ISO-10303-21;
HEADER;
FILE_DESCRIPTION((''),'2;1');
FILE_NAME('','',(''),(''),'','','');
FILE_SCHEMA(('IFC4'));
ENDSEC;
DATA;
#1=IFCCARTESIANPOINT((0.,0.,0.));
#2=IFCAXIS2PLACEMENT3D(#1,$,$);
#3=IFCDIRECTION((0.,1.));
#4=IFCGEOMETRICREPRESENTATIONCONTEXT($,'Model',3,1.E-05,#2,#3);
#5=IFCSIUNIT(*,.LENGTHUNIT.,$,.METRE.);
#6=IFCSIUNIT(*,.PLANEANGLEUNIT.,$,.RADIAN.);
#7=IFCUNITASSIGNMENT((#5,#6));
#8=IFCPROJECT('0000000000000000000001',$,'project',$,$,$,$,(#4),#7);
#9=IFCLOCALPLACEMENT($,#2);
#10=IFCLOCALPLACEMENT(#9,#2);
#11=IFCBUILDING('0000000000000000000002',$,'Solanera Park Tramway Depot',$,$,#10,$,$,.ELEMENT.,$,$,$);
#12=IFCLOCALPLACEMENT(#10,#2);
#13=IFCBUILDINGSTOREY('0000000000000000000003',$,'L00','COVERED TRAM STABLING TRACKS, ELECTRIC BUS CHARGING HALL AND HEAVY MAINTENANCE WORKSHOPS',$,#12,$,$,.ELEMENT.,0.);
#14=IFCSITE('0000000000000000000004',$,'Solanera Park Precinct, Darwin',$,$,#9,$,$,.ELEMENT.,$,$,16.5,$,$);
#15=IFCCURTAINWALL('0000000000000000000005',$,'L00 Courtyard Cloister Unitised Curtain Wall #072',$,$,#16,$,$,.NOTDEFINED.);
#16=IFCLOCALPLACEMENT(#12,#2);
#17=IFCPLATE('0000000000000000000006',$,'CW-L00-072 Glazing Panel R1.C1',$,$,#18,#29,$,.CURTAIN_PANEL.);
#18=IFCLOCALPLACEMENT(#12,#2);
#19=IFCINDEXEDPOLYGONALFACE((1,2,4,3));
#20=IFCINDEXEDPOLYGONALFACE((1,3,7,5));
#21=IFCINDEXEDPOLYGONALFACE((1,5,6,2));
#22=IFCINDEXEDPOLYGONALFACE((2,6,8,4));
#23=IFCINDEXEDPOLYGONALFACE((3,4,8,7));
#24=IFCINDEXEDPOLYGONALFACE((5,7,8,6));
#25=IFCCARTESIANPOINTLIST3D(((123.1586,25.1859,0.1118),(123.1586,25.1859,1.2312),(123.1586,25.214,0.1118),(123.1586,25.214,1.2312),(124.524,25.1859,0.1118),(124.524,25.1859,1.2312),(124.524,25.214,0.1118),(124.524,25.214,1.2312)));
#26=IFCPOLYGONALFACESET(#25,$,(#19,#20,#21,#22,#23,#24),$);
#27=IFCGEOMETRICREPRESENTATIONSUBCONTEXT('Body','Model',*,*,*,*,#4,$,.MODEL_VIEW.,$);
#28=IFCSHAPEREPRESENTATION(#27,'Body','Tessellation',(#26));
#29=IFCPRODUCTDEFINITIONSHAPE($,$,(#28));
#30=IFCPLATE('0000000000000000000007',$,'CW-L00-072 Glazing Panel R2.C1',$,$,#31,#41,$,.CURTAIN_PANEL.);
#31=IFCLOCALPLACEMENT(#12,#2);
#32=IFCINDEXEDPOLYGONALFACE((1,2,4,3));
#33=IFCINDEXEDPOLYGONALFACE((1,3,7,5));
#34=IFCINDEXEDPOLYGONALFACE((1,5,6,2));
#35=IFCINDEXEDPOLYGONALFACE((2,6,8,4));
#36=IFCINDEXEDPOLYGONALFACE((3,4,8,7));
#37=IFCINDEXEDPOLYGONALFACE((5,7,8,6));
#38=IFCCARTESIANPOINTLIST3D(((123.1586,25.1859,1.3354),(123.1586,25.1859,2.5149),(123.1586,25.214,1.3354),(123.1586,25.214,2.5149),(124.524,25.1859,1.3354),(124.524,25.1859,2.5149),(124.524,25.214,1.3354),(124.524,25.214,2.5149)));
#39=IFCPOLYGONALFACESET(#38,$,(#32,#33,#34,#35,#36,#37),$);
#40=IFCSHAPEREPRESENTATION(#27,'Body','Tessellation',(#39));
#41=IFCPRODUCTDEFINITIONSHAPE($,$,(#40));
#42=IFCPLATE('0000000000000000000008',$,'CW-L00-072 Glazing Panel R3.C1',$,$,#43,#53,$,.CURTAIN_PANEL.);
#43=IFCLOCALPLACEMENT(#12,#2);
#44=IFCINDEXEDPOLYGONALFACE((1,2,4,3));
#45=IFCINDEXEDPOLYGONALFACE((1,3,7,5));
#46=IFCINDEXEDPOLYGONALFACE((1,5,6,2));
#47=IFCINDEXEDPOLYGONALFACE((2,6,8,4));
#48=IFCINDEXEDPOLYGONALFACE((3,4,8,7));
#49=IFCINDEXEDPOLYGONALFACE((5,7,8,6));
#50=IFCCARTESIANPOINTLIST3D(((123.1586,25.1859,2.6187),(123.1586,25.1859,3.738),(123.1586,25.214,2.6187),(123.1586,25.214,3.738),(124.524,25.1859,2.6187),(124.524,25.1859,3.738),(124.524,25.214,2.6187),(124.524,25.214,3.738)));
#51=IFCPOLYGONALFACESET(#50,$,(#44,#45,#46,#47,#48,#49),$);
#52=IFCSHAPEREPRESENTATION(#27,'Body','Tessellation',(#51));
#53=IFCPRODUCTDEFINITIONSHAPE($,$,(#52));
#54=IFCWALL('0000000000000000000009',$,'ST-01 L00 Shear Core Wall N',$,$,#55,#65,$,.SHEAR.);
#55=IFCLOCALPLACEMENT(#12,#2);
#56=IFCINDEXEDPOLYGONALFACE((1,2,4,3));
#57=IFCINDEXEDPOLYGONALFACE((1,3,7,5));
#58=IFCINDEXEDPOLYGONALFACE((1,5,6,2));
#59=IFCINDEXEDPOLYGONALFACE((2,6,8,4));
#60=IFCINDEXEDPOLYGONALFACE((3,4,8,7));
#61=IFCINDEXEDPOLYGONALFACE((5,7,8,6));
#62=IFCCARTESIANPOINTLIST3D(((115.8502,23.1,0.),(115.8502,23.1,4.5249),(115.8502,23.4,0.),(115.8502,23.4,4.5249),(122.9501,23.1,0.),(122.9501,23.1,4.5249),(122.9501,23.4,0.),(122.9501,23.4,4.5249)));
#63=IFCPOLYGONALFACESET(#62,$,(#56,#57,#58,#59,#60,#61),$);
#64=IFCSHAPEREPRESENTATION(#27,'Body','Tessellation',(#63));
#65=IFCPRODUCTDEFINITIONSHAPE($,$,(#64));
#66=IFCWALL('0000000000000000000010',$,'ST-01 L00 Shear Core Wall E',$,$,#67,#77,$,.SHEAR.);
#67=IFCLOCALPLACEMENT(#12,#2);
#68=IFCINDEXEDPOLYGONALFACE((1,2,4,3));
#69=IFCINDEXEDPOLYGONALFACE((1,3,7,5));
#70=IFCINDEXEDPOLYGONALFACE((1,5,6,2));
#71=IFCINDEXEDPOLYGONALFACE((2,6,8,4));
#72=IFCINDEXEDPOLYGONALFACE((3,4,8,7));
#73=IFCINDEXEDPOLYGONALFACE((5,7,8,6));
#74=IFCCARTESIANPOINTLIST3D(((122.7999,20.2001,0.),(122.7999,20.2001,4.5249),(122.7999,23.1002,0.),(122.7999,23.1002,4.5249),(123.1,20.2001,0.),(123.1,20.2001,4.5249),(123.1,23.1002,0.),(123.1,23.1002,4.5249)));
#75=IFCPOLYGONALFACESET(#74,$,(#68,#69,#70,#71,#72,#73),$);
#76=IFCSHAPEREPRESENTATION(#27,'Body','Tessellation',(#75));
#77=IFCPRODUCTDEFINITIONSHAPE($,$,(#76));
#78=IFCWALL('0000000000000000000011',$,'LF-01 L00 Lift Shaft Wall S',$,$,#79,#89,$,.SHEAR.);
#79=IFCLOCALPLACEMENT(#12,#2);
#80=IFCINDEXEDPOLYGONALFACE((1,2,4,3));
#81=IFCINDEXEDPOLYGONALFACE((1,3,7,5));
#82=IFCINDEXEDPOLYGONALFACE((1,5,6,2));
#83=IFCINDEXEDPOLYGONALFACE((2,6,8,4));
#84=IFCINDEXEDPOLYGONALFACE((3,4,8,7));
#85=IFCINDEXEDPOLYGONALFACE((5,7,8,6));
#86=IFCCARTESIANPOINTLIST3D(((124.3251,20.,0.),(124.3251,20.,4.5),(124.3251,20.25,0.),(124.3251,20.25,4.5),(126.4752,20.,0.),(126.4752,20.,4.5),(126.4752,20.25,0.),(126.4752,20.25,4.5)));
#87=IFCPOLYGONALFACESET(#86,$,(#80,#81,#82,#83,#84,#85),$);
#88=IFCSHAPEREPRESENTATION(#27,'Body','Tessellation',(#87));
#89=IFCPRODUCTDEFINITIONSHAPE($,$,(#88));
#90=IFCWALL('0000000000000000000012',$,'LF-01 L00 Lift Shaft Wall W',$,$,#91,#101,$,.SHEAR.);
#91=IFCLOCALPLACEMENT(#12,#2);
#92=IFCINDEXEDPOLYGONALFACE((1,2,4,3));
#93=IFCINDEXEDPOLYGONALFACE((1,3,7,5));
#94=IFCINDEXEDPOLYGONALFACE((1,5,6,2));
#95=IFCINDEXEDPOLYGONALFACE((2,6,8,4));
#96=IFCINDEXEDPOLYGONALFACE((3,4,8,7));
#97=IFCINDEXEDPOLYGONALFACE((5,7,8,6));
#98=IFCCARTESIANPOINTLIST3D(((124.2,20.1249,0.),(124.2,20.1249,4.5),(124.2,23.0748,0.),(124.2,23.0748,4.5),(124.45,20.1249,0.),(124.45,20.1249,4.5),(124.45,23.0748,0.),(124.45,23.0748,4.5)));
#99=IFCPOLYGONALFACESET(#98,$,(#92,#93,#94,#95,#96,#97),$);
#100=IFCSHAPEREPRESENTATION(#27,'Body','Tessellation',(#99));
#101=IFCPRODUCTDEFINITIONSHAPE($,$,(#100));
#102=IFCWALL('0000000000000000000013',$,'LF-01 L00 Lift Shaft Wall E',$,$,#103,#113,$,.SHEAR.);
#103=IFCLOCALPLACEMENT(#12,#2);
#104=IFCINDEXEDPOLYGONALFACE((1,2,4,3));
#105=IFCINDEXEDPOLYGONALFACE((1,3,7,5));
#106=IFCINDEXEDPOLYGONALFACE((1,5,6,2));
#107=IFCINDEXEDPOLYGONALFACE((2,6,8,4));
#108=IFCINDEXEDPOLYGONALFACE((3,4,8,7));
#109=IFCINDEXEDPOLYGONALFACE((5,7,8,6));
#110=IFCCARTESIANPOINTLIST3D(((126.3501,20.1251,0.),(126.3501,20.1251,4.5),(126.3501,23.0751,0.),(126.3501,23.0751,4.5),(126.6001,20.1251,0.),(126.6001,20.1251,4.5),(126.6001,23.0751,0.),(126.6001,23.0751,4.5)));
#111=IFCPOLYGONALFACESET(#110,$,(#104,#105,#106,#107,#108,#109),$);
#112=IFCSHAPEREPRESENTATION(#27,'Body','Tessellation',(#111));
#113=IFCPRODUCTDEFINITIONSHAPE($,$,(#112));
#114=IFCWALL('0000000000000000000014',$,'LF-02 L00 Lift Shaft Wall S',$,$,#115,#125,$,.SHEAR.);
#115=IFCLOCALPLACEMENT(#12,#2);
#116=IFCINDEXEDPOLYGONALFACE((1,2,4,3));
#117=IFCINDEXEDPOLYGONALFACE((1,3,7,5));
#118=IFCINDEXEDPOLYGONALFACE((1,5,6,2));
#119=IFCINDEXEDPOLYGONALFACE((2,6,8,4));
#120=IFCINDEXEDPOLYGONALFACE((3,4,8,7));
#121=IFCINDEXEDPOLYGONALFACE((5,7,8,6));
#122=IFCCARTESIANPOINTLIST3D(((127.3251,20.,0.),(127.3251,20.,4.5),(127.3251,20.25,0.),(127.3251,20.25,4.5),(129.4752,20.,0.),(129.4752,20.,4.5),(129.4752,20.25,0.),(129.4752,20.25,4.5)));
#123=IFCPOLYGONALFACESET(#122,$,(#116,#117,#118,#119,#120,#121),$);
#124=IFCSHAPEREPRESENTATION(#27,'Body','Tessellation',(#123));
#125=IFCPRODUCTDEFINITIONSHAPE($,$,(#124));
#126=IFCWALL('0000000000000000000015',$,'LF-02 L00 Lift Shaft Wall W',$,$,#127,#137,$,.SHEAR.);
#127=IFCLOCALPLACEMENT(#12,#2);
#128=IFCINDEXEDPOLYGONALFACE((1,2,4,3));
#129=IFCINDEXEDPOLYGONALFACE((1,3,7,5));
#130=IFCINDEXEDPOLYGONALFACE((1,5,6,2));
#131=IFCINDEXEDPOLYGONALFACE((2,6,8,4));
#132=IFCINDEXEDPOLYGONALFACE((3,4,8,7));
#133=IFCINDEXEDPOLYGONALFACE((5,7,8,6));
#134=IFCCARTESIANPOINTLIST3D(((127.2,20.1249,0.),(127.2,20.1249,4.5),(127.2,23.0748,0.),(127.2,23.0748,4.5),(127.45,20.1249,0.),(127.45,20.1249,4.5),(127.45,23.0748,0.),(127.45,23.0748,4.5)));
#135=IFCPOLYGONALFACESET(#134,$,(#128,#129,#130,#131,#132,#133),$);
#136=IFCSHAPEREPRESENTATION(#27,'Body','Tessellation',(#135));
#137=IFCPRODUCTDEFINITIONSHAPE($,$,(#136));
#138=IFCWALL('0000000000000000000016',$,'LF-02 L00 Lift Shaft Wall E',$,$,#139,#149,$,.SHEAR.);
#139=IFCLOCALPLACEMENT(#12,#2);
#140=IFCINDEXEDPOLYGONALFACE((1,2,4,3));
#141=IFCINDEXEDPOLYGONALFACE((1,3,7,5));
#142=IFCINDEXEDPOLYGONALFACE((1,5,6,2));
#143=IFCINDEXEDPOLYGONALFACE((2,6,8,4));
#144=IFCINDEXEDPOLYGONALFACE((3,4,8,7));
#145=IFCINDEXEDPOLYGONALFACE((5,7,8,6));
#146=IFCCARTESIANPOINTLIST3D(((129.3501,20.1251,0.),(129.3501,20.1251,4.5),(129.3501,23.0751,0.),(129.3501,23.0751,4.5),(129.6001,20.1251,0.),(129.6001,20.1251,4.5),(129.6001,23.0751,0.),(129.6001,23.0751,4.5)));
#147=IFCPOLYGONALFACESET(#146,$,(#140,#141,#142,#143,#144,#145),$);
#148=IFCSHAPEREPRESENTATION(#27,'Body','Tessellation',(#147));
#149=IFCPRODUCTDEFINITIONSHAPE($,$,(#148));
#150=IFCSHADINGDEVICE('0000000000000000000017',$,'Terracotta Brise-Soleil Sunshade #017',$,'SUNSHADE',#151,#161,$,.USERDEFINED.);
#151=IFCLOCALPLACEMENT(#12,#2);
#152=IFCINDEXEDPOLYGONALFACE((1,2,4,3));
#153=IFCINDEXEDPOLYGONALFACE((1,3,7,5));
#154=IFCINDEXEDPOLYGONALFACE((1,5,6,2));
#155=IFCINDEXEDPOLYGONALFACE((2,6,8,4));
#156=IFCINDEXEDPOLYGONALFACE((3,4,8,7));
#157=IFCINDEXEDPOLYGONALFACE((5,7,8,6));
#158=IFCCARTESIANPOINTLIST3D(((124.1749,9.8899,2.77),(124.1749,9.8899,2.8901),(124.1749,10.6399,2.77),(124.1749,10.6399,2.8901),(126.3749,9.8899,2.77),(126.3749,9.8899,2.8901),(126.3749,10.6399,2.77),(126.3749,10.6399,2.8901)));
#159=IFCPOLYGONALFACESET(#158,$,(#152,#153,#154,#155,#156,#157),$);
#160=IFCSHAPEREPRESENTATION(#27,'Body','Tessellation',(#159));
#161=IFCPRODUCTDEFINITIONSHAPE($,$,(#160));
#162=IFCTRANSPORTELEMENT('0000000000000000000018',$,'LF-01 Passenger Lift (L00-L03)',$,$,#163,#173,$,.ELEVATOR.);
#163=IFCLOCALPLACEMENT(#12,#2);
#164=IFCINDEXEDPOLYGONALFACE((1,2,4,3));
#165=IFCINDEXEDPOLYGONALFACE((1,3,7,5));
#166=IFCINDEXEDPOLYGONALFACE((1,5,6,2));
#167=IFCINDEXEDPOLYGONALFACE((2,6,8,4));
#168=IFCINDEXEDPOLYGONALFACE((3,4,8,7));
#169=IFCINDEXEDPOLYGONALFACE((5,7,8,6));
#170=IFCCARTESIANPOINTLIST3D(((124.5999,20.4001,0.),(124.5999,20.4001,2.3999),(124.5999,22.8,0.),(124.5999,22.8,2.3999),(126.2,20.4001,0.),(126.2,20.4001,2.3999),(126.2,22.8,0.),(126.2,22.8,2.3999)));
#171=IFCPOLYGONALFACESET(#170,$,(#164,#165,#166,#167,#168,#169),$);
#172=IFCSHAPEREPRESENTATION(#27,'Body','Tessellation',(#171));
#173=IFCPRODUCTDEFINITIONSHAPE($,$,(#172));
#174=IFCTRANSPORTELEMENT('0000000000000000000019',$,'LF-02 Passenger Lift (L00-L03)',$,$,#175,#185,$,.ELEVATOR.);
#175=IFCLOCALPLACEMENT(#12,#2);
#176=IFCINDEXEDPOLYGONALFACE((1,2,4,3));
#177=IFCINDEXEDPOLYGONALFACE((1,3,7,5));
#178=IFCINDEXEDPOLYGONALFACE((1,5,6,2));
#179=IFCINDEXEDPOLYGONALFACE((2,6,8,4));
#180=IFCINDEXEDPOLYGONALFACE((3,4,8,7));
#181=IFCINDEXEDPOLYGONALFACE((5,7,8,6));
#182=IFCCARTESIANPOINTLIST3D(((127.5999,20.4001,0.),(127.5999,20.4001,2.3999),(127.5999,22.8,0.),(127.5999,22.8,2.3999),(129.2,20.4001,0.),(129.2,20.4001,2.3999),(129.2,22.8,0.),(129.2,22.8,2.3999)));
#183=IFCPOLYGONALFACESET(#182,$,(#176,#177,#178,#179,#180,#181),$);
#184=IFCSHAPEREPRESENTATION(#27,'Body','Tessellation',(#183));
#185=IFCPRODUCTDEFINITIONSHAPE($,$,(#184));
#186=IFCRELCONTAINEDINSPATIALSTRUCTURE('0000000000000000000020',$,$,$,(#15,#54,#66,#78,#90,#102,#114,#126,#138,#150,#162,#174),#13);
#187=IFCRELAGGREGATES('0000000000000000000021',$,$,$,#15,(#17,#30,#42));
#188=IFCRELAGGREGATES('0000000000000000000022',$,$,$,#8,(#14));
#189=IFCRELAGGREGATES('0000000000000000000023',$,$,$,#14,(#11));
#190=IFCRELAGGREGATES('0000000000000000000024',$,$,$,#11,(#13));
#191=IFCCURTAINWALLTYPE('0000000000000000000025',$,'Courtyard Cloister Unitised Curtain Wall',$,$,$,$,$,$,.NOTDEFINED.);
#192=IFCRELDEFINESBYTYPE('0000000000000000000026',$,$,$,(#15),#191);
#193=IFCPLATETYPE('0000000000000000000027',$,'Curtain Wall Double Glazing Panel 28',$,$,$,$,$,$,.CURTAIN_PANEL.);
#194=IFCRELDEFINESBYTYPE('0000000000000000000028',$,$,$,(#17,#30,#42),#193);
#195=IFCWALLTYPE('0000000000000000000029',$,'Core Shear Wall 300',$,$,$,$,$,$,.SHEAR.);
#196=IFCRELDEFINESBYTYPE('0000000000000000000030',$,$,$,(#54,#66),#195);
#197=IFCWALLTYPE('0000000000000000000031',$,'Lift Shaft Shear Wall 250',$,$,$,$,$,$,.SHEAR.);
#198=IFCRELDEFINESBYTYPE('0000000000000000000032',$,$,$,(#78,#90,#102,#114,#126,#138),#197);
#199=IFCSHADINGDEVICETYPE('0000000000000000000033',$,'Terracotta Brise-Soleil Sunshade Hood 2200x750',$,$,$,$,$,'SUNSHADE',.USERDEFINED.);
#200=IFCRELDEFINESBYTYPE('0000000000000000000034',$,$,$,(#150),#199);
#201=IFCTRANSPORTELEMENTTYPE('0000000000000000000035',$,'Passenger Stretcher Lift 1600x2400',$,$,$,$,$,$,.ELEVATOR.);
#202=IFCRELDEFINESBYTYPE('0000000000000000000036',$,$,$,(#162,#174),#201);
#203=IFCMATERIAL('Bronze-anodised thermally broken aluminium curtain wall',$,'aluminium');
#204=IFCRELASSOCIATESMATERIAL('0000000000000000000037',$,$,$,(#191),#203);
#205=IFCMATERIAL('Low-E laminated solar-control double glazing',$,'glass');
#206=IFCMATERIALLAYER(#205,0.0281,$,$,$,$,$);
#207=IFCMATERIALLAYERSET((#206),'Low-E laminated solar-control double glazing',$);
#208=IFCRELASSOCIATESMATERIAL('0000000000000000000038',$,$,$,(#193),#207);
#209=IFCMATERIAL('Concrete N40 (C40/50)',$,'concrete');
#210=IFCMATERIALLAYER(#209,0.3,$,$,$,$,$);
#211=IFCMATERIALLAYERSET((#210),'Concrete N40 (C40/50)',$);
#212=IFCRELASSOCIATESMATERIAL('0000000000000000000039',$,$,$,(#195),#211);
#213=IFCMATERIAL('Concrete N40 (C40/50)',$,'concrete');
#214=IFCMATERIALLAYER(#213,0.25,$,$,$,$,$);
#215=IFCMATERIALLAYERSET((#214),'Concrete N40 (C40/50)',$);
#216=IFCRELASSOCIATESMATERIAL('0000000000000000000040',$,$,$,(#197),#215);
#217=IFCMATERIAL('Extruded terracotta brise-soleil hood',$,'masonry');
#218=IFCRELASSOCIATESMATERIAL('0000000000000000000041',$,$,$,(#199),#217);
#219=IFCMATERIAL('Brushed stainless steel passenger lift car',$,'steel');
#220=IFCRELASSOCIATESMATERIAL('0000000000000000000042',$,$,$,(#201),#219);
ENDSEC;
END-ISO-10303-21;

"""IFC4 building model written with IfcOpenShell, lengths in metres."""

from ifc_helpers import new_model, si_unit, direction, frame, frame_2d, origin, origin_2d, place, context, subcontext, project, spatial, rectangle, extrude, material, layer, layer_set, type_object, element, aggregate, save


model = new_model("IFC4")

# Units and contexts
model_context = context("Model", 3, precision=1e-05, world=origin(), true_north=direction((0.0, 1.0)))
body_context = subcontext(model_context, "Body", "Model", "MODEL_VIEW")
ifc_project = project(units=[si_unit("LENGTHUNIT", "METRE"), si_unit("PLANEANGLEUNIT", "RADIAN")], contexts=[model_context])

# Site, building, storey
site_placement = place(None, origin())
site = spatial("IfcSite", under=ifc_project, at=site_placement, Name="Solanera Park Precinct, Darwin", CompositionType="ELEMENT", RefElevation=16.5)
building_placement = place(site_placement, origin())
building = spatial("IfcBuilding", under=site, at=building_placement, Name="Solanera Park Tramway Depot", CompositionType="ELEMENT")
storey_placement = place(building_placement, origin())
storey = spatial("IfcBuildingStorey", under=building, at=storey_placement, Name="L00", Description="COVERED TRAM STABLING TRACKS, ELECTRIC BUS CHARGING HALL AND HEAVY MAINTENANCE WORKSHOPS", CompositionType="ELEMENT", Elevation=0.0)

# Curtain wall, plates
ifc_material_1 = material(Name="Bronze-anodised thermally broken aluminium curtain wall", Category="aluminium")
curtain_wall_type = type_object("IfcCurtainWallType", Name="Courtyard Cloister Unitised Curtain Wall", PredefinedType="NOTDEFINED", material=ifc_material_1)
curtain_wall_placement = place(storey_placement, origin())
curtain_wall = element("IfcCurtainWall", 1, at=curtain_wall_placement, inside=storey, type_object=curtain_wall_type, Name="L00 Courtyard Cloister Unitised Curtain Wall #072", PredefinedType="NOTDEFINED")
ifc_material_2 = material(Name="Low-E laminated solar-control double glazing", Category="glass")
ifc_layer_1 = layer(ifc_material_2, 0.0281)
ifc_layer_set_1 = layer_set([ifc_layer_1], Name="Low-E laminated solar-control double glazing")
plate_type = type_object("IfcPlateType", Name="Curtain Wall Double Glazing Panel 28", PredefinedType="CURTAIN_PANEL", material=ifc_layer_set_1)
plate_1_placement = place(storey_placement, frame((123.8413, 25.2, 0.1118), z_axis=(0.0, 0.0, 1.0), x_axis=(1.0, 0.0, 0.0)))
plate_1 = element("IfcPlate", 2, at=plate_1_placement, type_object=plate_type, Name="CW-L00-072 Glazing Panel R1.C1", PredefinedType="CURTAIN_PANEL", context=body_context, shape_type="SweptSolid", body=[
    extrude(rectangle(XDim=1.3655, YDim=0.0281, at=origin_2d()), origin(), (0.0, 0.0, 1.0), 1.1194),
])
plate_2_placement = place(storey_placement, frame((123.8413, 25.2, 1.3354), z_axis=(0.0, 0.0, 1.0), x_axis=(1.0, 0.0, 0.0)))
plate_2 = element("IfcPlate", 3, at=plate_2_placement, type_object=plate_type, Name="CW-L00-072 Glazing Panel R2.C1", PredefinedType="CURTAIN_PANEL", context=body_context, shape_type="SweptSolid", body=[
    extrude(rectangle(XDim=1.3655, YDim=0.0281, at=origin_2d()), origin(), (0.0, 0.0, 1.0), 1.1794),
])
plate_3_placement = place(storey_placement, frame((123.8413, 25.2, 2.6187), z_axis=(0.0, 0.0, 1.0), x_axis=(1.0, 0.0, 0.0)))
plate_3 = element("IfcPlate", 4, at=plate_3_placement, type_object=plate_type, Name="CW-L00-072 Glazing Panel R3.C1", PredefinedType="CURTAIN_PANEL", context=body_context, shape_type="SweptSolid", body=[
    extrude(rectangle(XDim=1.3655, YDim=0.0281, at=origin_2d()), origin(), (0.0, 0.0, 1.0), 1.1194),
])
aggregate(curtain_wall, [plate_1, plate_2, plate_3])

# Walls
ifc_material_3 = material(Name="Concrete N40 (C40/50)", Category="concrete")
ifc_layer_2 = layer(ifc_material_3, 0.3)
ifc_layer_set_2 = layer_set([ifc_layer_2], Name="Concrete N40 (C40/50)")
wall_type_1 = type_object("IfcWallType", Name="Core Shear Wall 300", PredefinedType="SHEAR", material=ifc_layer_set_2)
wall_1_placement = place(storey_placement, frame((122.95, 23.25, 0.0), z_axis=(0.0, 0.0, 1.0), x_axis=(-1.0, 0.0, 0.0)))
element("IfcWall", 5, at=wall_1_placement, inside=storey, type_object=wall_type_1, Name="ST-01 L00 Shear Core Wall N", PredefinedType="SHEAR", context=body_context, shape_type="SweptSolid", body=[
    extrude(rectangle(XDim=7.0999, YDim=0.3, at=frame_2d((3.5498, 0.0))), origin(), (0.0, 0.0, 1.0), 4.5249),
])
wall_2_placement = place(storey_placement, frame((122.95, 20.2, 0.0), z_axis=(0.0, 0.0, 1.0), x_axis=(0.0, 1.0, 0.0)))
element("IfcWall", 6, at=wall_2_placement, inside=storey, type_object=wall_type_1, Name="ST-01 L00 Shear Core Wall E", PredefinedType="SHEAR", context=body_context, shape_type="SweptSolid", body=[
    extrude(rectangle(XDim=2.9001, YDim=0.3, at=frame_2d((1.4502, 0.0))), origin(), (0.0, 0.0, 1.0), 4.5249),
])
ifc_material_4 = material(Name="Concrete N40 (C40/50)", Category="concrete")
ifc_layer_3 = layer(ifc_material_4, 0.25)
ifc_layer_set_3 = layer_set([ifc_layer_3], Name="Concrete N40 (C40/50)")
wall_type_2 = type_object("IfcWallType", Name="Lift Shaft Shear Wall 250", PredefinedType="SHEAR", material=ifc_layer_set_3)
wall_3_placement = place(storey_placement, frame((124.325, 20.125, 0.0), z_axis=(0.0, 0.0, 1.0), x_axis=(1.0, 0.0, 0.0)))
element("IfcWall", 7, at=wall_3_placement, inside=storey, type_object=wall_type_2, Name="LF-01 L00 Lift Shaft Wall S", PredefinedType="SHEAR", context=body_context, shape_type="SweptSolid", body=[
    extrude(rectangle(XDim=2.1501, YDim=0.25, at=frame_2d((1.0752, 0.0))), origin(), (0.0, 0.0, 1.0), 4.5),
])

# Walls
for number, where, z_axis, x_axis, name in (
    (8, (124.325, 23.075, 0.0), (0.0, 0.0, 1.0), (0.0, -1.0, 0.0), "LF-01 L00 Lift Shaft Wall W"),
    (9, (126.4751, 20.125, 0.0), (0.0, 0.0, 1.0), (0.0, 1.0, 0.0), "LF-01 L00 Lift Shaft Wall E"),
):
    element("IfcWall", number, at=place(storey_placement, frame(where, z_axis=z_axis, x_axis=x_axis)), inside=storey, type_object=wall_type_2, Name=name, PredefinedType="SHEAR", context=body_context, shape_type="SweptSolid", body=[
        extrude(rectangle(XDim=2.95, YDim=0.25, at=frame_2d((1.4751, 0.0))), origin(), (0.0, 0.0, 1.0), 4.5),
    ])
wall_4_placement = place(storey_placement, frame((127.325, 20.125, 0.0), z_axis=(0.0, 0.0, 1.0), x_axis=(1.0, 0.0, 0.0)))
element("IfcWall", 10, at=wall_4_placement, inside=storey, type_object=wall_type_2, Name="LF-02 L00 Lift Shaft Wall S", PredefinedType="SHEAR", context=body_context, shape_type="SweptSolid", body=[
    extrude(rectangle(XDim=2.1501, YDim=0.25, at=frame_2d((1.0752, 0.0))), origin(), (0.0, 0.0, 1.0), 4.5),
])

# Walls
for number, where, z_axis, x_axis, name in (
    (11, (127.325, 23.075, 0.0), (0.0, 0.0, 1.0), (0.0, -1.0, 0.0), "LF-02 L00 Lift Shaft Wall W"),
    (12, (129.4751, 20.125, 0.0), (0.0, 0.0, 1.0), (0.0, 1.0, 0.0), "LF-02 L00 Lift Shaft Wall E"),
):
    element("IfcWall", number, at=place(storey_placement, frame(where, z_axis=z_axis, x_axis=x_axis)), inside=storey, type_object=wall_type_2, Name=name, PredefinedType="SHEAR", context=body_context, shape_type="SweptSolid", body=[
        extrude(rectangle(XDim=2.95, YDim=0.25, at=frame_2d((1.4751, 0.0))), origin(), (0.0, 0.0, 1.0), 4.5),
    ])

# Shading device
ifc_material_5 = material(Name="Extruded terracotta brise-soleil hood", Category="masonry")
shading_device_type = type_object("IfcShadingDeviceType", Name="Terracotta Brise-Soleil Sunshade Hood 2200x750", ElementType="SUNSHADE", PredefinedType="USERDEFINED", material=ifc_material_5)
shading_device_placement = place(storey_placement, frame((125.2749, 10.2649, 2.77), z_axis=(0.0, 0.0, 1.0), x_axis=(1.0, 0.0, 0.0)))
element("IfcShadingDevice", 13, at=shading_device_placement, inside=storey, type_object=shading_device_type, Name="Terracotta Brise-Soleil Sunshade #017", ObjectType="SUNSHADE", PredefinedType="USERDEFINED", context=body_context, shape_type="SweptSolid", body=[
    extrude(rectangle(XDim=2.2, YDim=0.75, at=origin_2d()), origin(), (0.0, 0.0, 1.0), 0.1201),
])

# Transport elements
ifc_material_6 = material(Name="Brushed stainless steel passenger lift car", Category="steel")
transport_element_type = type_object("IfcTransportElementType", Name="Passenger Stretcher Lift 1600x2400", PredefinedType="ELEVATOR", material=ifc_material_6)
for number, where, z_axis, x_axis, name in (
    (14, (125.3999, 21.6001, 0.0), (0.0, 0.0, 1.0), (1.0, 0.0, 0.0), "LF-01 Passenger Lift (L00-L03)"),
    (15, (128.3999, 21.6001, 0.0), (0.0, 0.0, 1.0), (1.0, 0.0, 0.0), "LF-02 Passenger Lift (L00-L03)"),
):
    element("IfcTransportElement", number, at=place(storey_placement, frame(where, z_axis=z_axis, x_axis=x_axis)), inside=storey, type_object=transport_element_type, Name=name, PredefinedType="ELEVATOR", context=body_context, shape_type="SweptSolid", body=[
        extrude(rectangle(XDim=1.6001, YDim=2.3999, at=origin_2d()), origin(), (0.0, 0.0, 1.0), 2.3999),
    ])

save(model, "model.ifc")
